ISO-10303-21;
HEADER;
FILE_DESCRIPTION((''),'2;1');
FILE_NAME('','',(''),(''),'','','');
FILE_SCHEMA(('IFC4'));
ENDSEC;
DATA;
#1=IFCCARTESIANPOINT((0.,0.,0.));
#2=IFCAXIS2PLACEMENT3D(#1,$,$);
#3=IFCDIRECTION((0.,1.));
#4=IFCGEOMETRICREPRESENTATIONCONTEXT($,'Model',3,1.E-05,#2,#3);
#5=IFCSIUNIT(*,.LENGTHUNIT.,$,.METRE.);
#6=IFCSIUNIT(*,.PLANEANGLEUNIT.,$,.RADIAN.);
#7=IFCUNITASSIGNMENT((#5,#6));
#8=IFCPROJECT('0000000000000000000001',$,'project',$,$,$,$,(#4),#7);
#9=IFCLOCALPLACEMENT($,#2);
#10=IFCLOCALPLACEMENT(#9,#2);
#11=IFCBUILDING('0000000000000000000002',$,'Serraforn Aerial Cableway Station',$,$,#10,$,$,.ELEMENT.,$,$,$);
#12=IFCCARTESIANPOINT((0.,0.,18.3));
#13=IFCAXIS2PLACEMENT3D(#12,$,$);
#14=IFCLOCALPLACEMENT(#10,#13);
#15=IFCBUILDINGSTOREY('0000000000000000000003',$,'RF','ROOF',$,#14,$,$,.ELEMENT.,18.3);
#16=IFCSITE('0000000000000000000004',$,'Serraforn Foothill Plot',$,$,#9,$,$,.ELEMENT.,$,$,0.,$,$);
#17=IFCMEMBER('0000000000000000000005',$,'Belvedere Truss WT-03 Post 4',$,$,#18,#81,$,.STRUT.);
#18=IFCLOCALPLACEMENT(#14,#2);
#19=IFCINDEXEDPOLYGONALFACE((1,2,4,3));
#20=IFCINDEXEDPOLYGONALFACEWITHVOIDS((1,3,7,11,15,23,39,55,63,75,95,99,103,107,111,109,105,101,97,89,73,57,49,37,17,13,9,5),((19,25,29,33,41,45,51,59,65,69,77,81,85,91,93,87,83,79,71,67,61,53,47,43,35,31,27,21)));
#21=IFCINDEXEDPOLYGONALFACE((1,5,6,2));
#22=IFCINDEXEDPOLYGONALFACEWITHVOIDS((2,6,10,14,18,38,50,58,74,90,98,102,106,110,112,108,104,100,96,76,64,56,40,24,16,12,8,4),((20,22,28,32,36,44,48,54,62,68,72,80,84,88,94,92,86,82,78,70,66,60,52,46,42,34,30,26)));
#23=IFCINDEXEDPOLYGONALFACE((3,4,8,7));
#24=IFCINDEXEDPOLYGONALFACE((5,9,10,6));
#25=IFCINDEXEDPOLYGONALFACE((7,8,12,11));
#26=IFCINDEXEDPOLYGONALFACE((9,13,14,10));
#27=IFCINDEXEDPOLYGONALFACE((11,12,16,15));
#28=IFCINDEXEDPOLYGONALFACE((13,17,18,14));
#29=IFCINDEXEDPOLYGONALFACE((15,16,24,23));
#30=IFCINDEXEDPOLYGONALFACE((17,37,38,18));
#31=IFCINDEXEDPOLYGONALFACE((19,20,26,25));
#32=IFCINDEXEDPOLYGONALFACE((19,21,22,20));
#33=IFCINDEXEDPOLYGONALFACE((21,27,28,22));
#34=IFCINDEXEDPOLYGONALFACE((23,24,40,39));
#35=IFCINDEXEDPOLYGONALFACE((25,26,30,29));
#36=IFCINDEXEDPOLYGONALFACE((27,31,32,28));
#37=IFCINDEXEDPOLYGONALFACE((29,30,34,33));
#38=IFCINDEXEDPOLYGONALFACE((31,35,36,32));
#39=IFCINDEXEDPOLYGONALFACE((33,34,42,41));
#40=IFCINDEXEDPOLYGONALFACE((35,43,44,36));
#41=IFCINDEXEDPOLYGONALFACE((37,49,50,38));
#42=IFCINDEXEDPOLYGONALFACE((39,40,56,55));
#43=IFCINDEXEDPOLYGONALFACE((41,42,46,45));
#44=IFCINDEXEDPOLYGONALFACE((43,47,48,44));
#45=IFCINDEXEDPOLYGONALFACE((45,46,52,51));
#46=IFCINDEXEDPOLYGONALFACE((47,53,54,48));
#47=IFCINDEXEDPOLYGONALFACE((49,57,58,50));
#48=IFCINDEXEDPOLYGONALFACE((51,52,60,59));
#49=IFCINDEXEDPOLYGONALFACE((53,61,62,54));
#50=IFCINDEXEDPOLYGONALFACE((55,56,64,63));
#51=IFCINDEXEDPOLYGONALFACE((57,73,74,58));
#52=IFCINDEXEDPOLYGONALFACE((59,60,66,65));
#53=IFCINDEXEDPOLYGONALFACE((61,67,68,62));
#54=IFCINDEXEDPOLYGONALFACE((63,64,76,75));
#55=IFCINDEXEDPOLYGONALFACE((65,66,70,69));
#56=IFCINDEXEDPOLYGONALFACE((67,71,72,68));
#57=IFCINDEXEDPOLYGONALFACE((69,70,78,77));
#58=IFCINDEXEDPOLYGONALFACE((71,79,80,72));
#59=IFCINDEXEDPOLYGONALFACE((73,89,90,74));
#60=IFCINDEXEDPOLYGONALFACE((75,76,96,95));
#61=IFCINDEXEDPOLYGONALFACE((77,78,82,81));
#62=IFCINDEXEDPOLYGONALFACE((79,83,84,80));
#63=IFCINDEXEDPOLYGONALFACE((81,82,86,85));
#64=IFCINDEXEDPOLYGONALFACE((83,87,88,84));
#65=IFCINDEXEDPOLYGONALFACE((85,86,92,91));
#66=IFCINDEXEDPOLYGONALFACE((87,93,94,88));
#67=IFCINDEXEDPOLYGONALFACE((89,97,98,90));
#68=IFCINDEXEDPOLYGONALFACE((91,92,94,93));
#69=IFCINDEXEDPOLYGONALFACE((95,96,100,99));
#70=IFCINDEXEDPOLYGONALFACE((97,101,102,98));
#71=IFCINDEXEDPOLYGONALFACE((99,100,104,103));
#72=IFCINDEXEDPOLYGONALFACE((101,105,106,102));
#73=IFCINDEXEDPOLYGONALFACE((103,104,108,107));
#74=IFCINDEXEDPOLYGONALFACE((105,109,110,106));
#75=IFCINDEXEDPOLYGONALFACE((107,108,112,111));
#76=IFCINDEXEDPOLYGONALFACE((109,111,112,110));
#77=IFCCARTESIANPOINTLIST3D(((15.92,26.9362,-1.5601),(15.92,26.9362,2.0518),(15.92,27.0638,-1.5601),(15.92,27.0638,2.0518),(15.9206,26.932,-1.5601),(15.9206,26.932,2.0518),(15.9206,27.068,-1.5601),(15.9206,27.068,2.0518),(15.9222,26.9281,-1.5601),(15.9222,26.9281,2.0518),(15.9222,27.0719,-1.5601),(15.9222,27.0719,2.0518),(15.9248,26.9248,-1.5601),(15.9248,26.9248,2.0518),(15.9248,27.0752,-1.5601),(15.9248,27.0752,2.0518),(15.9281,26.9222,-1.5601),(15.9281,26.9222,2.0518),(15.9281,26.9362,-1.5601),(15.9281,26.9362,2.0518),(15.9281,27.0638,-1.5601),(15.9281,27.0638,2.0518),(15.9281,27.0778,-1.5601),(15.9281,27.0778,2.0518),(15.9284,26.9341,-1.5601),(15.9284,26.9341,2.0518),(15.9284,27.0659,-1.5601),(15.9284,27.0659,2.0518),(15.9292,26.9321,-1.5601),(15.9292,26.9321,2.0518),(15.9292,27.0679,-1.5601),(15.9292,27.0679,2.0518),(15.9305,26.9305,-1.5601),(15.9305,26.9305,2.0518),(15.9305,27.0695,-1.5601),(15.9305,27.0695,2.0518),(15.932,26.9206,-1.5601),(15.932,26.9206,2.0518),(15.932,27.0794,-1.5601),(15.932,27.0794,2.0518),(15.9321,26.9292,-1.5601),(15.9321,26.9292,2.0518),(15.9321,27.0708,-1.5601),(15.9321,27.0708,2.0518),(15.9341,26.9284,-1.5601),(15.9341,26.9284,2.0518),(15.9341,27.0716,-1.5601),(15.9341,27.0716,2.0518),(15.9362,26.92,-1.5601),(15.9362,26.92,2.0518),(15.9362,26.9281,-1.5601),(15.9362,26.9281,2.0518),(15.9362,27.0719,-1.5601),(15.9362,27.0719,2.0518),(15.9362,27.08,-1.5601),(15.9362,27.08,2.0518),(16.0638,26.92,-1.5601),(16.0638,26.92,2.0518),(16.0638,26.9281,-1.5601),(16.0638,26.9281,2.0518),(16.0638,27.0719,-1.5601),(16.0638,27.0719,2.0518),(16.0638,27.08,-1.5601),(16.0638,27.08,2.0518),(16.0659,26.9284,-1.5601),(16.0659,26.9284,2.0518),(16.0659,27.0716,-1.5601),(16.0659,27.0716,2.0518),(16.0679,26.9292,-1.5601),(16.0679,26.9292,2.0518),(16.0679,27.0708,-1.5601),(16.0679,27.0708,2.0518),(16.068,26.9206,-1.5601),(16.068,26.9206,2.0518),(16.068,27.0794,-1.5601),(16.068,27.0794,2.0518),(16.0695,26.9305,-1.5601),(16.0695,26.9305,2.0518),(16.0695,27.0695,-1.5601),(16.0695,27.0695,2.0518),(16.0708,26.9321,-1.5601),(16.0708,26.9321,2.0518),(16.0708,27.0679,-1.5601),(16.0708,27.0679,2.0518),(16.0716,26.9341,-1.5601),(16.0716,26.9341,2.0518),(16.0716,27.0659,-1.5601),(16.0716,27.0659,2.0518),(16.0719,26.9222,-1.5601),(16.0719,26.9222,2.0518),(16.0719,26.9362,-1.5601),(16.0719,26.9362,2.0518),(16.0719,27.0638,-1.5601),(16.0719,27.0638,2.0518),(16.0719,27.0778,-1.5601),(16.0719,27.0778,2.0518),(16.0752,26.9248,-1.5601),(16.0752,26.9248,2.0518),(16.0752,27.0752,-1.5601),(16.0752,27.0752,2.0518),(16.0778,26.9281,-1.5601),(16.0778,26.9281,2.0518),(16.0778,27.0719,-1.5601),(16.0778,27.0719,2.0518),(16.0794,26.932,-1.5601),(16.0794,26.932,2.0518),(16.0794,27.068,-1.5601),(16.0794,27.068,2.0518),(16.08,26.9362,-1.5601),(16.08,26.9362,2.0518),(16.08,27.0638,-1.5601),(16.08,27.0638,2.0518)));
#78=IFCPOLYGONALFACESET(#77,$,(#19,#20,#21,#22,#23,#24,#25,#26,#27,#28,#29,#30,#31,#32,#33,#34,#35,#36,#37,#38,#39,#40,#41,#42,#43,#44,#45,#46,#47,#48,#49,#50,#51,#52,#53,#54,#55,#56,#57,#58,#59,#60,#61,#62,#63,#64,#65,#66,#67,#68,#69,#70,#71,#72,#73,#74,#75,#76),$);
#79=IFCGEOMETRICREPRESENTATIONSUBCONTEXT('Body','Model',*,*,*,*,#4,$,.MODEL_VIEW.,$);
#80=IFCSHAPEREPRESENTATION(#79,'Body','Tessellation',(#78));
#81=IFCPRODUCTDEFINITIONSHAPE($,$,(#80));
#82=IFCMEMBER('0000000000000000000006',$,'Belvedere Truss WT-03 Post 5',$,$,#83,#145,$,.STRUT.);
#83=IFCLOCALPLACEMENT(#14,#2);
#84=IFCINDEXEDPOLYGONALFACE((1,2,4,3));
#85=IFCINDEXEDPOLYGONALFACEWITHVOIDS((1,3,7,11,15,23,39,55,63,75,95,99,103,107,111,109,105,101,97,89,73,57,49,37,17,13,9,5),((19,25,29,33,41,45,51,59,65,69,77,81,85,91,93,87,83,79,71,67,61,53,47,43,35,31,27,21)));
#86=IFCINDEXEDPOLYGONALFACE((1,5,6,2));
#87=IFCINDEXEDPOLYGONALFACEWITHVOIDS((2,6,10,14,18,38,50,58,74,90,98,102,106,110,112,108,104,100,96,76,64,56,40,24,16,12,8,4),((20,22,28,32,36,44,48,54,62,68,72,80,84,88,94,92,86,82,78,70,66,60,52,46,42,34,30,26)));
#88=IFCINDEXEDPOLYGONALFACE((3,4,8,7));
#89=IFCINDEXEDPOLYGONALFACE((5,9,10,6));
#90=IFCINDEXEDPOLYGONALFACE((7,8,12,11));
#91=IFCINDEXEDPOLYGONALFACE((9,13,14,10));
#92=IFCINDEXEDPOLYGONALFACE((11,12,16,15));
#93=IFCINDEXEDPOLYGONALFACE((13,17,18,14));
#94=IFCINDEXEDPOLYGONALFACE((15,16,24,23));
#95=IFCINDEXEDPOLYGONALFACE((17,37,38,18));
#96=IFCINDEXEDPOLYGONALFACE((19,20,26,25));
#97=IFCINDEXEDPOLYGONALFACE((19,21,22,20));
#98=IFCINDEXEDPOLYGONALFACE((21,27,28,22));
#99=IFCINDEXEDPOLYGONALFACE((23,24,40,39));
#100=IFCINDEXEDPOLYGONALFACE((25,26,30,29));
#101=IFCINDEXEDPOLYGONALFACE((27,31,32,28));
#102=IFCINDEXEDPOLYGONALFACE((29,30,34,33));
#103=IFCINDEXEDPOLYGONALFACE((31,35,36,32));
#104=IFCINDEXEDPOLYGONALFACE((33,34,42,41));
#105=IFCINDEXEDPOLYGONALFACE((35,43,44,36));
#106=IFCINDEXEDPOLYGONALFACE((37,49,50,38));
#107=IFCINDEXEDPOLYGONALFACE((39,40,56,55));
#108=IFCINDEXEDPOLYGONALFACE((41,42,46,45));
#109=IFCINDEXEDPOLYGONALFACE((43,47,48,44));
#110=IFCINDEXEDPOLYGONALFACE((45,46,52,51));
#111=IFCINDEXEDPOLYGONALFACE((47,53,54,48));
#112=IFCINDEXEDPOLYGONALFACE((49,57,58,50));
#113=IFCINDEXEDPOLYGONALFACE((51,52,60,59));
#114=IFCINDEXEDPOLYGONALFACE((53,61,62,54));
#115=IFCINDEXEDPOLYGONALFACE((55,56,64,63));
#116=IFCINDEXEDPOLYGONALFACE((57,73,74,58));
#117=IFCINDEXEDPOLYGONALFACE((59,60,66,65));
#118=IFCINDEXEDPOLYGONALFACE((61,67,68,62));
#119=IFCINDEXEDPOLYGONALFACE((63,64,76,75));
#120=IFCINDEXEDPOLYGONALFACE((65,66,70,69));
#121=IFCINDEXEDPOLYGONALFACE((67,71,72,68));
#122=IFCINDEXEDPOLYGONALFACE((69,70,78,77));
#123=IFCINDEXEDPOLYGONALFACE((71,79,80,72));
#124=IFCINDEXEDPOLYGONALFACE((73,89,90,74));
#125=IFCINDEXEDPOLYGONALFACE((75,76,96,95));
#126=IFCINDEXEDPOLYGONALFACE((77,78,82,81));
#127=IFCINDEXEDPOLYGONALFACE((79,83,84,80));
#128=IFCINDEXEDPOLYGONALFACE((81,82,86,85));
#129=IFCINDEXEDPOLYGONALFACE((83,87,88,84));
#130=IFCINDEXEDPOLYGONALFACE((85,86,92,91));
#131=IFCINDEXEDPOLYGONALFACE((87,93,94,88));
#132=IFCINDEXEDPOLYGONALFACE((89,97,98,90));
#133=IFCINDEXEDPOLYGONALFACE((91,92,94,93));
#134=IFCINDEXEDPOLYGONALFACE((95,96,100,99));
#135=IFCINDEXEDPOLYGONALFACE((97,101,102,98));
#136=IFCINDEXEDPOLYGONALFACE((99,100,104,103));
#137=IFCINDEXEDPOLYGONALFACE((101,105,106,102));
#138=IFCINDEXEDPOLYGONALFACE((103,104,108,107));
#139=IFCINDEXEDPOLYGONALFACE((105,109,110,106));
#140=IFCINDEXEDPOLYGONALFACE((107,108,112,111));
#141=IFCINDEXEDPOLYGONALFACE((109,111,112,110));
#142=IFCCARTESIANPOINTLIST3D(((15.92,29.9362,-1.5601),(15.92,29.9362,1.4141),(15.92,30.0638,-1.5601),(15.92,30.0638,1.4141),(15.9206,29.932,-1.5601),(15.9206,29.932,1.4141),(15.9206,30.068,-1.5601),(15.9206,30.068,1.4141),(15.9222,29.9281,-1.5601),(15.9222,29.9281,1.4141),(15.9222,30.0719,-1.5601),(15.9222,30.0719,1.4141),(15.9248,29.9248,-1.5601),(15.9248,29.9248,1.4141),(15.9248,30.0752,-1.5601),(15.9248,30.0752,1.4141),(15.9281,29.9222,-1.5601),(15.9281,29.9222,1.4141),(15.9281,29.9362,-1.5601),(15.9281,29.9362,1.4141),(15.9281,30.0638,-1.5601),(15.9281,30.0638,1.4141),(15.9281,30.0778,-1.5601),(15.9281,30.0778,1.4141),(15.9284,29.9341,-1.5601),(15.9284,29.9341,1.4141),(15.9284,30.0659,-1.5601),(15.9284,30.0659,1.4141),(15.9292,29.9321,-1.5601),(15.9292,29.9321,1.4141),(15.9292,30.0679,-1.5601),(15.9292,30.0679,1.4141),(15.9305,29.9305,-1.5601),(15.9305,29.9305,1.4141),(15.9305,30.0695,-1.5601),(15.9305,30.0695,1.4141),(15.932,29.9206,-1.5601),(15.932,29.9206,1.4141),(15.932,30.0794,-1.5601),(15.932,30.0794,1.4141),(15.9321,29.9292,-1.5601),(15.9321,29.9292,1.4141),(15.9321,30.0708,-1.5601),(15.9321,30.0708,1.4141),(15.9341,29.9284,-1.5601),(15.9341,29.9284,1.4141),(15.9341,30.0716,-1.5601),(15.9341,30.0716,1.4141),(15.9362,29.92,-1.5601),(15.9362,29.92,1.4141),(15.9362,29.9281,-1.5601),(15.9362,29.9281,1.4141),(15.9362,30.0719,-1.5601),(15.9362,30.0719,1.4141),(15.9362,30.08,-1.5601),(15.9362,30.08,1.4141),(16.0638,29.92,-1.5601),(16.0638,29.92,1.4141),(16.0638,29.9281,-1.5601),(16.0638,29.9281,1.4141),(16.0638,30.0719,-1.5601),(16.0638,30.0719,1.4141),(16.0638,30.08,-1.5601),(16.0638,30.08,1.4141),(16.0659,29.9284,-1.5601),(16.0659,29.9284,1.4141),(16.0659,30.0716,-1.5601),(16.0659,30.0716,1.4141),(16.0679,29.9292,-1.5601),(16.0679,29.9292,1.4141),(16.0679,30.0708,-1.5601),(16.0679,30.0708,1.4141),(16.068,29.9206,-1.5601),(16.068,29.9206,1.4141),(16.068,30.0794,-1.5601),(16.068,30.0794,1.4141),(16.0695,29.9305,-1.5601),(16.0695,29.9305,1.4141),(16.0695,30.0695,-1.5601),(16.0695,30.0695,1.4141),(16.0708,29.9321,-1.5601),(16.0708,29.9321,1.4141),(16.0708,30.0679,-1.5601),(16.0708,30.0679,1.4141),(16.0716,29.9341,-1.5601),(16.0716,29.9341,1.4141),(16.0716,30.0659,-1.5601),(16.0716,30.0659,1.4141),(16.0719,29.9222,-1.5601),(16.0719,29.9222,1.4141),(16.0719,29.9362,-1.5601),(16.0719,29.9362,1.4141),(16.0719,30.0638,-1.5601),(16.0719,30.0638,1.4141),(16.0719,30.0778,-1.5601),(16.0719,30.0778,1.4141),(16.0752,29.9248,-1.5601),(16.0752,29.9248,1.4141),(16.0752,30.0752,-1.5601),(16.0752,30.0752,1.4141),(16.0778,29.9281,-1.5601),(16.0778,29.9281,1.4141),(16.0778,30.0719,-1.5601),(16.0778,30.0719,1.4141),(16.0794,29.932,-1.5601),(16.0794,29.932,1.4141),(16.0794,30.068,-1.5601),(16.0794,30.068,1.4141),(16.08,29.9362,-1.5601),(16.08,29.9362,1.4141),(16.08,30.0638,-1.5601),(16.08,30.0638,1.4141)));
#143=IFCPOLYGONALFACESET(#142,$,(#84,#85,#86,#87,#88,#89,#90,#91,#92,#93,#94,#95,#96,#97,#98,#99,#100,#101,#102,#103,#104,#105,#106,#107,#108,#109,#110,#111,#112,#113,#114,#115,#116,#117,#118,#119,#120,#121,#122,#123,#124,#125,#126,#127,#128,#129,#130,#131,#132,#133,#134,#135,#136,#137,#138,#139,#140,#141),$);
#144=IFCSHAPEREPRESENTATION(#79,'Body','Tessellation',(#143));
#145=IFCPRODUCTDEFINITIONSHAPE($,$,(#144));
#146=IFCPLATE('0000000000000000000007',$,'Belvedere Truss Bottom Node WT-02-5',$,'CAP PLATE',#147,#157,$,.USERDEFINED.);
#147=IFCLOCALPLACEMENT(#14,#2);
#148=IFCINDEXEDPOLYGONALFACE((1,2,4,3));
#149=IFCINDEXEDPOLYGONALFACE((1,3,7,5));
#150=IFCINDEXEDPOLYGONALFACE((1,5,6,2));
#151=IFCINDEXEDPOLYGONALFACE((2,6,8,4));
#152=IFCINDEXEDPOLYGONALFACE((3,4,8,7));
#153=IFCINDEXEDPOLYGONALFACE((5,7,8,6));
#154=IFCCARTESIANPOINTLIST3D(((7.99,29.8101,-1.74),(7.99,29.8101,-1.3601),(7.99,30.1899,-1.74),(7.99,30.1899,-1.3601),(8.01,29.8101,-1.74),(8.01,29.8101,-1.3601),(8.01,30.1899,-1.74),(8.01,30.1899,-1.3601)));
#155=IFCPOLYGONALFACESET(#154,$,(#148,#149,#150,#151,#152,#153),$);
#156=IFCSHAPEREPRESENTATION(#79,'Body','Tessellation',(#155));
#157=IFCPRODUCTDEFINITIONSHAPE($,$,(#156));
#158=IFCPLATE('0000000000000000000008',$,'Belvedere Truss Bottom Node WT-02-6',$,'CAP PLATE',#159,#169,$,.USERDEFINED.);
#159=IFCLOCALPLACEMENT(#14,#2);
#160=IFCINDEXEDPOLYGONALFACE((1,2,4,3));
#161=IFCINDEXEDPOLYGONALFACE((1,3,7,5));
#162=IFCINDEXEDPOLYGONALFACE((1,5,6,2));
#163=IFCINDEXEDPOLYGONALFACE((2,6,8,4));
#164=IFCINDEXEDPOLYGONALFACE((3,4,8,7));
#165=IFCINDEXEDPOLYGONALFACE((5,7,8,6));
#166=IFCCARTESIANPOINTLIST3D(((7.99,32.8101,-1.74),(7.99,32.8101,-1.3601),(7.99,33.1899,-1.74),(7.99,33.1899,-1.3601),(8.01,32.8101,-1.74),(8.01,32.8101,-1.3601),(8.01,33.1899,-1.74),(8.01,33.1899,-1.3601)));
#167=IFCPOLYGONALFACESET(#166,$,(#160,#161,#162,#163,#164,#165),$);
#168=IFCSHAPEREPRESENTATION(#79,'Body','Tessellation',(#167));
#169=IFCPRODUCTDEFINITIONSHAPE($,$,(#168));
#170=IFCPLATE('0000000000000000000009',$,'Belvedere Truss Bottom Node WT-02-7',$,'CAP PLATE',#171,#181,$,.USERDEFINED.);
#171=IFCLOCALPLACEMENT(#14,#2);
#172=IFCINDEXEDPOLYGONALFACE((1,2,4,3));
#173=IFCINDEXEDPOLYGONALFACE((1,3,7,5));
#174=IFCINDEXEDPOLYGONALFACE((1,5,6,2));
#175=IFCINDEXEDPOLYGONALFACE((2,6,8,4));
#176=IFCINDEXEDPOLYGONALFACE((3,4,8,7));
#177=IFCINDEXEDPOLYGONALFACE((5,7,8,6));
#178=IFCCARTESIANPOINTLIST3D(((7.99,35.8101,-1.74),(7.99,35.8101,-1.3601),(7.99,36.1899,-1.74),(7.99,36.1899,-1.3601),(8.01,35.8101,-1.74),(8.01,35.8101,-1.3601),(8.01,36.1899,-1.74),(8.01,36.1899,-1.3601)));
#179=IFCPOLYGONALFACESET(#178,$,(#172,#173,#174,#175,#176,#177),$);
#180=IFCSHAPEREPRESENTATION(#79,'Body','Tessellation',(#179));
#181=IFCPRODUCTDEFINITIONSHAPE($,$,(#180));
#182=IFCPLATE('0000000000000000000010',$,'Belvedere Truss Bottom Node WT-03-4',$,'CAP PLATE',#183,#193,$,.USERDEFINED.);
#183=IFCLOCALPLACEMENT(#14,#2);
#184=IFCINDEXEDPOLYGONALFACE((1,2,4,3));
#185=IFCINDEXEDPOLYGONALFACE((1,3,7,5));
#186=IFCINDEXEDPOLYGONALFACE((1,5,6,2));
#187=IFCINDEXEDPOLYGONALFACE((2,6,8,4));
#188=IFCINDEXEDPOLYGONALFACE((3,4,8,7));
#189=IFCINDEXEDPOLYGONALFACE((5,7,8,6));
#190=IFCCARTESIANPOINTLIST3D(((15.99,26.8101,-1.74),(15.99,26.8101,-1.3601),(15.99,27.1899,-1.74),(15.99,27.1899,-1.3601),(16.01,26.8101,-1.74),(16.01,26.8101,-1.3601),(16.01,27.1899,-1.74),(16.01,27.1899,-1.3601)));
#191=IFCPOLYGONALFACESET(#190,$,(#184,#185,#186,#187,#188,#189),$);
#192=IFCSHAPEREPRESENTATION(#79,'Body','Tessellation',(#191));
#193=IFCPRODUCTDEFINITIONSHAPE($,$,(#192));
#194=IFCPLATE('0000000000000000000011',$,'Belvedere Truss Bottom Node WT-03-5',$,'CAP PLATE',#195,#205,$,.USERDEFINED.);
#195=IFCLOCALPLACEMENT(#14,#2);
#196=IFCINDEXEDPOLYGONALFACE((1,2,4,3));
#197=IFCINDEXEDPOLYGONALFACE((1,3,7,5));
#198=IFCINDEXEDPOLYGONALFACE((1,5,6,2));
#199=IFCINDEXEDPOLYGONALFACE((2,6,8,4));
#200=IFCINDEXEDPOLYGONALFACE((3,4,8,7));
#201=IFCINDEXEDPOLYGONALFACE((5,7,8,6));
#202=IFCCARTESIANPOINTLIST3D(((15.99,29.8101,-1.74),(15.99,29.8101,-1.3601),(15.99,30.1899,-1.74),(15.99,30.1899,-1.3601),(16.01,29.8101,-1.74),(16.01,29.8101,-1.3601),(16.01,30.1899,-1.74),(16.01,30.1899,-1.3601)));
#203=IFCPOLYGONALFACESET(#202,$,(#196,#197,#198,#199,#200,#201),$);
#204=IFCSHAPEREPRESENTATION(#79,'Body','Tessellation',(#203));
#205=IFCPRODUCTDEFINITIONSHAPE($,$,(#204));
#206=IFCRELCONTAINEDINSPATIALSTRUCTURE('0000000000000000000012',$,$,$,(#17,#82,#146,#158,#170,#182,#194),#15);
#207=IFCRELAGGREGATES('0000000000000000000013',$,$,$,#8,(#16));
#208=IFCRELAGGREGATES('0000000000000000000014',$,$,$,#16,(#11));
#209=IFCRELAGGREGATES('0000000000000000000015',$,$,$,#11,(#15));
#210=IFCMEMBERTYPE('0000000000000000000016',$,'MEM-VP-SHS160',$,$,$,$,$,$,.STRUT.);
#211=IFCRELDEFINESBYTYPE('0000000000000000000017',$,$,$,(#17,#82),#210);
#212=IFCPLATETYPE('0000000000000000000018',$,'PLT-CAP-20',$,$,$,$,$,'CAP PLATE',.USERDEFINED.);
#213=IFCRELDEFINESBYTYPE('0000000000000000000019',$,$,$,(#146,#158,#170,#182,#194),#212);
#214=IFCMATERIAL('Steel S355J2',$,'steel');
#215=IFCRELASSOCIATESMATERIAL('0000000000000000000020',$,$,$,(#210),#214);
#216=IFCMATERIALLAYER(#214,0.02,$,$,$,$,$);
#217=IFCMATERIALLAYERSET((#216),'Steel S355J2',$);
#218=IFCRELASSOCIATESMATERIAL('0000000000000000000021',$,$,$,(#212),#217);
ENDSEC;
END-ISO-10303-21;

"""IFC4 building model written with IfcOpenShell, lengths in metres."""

from ifc_helpers import new_model, si_unit, direction, frame, origin, origin_2d, place, context, subcontext, project, spatial, rectangle, hollow_rectangle, extrude, material, layer, layer_set, material_profile, profile_set, type_object, element, save


model = new_model("IFC4")

# Units and contexts
model_context = context("Model", 3, precision=1e-05, world=origin(), true_north=direction((0.0, 1.0)))
body_context = subcontext(model_context, "Body", "Model", "MODEL_VIEW")
ifc_project = project(units=[si_unit("LENGTHUNIT", "METRE"), si_unit("PLANEANGLEUNIT", "RADIAN")], contexts=[model_context])

# Site, building, storey
site_placement = place(None, origin())
site = spatial("IfcSite", under=ifc_project, at=site_placement, Name="Serraforn Foothill Plot", CompositionType="ELEMENT", RefElevation=0.0)
building_placement = place(site_placement, origin())
building = spatial("IfcBuilding", under=site, at=building_placement, Name="Serraforn Aerial Cableway Station", CompositionType="ELEMENT")
storey_placement = place(building_placement, frame((0.0, 0.0, 18.3)))
storey = spatial("IfcBuildingStorey", under=building, at=storey_placement, Name="RF", Description="ROOF", CompositionType="ELEMENT", Elevation=18.3)

# Members
ifc_material_1 = material(Name="Steel S355J2", Category="steel")
ifc_material_profile_1 = material_profile(ifc_material_1, hollow_rectangle(XDim=0.1599, YDim=0.1599, WallThickness=0.0081, InnerFilletRadius=0.0081, OuterFilletRadius=0.0161, at=origin_2d()), Name="SHS 160x160x8.0")
ifc_profile_set_1 = profile_set([ifc_material_profile_1], Name="Steel S355J2")
member_type_1 = type_object("IfcMemberType", Name="MEM-VP-SHS160", PredefinedType="STRUT", material=ifc_profile_set_1)
member_1_placement = place(storey_placement, frame((16.0, 27.0, -1.5601), z_axis=(0.0, 0.0, 1.0), x_axis=(1.0, 0.0, 0.0)))
element("IfcMember", 1, at=member_1_placement, inside=storey, type_object=member_type_1, Name="Belvedere Truss WT-03 Post 4", PredefinedType="STRUT", context=body_context, shape_type="SweptSolid", body=[
    extrude(hollow_rectangle(XDim=0.1599, YDim=0.1599, WallThickness=0.0081, InnerFilletRadius=0.0081, OuterFilletRadius=0.0161, at=origin_2d()), origin(), (0.0, 0.0, 1.0), 3.6118),
])
member_2_placement = place(storey_placement, frame((16.0, 30.0, -1.5601), z_axis=(0.0, 0.0, 1.0), x_axis=(1.0, 0.0, 0.0)))
element("IfcMember", 2, at=member_2_placement, inside=storey, type_object=member_type_1, Name="Belvedere Truss WT-03 Post 5", PredefinedType="STRUT", context=body_context, shape_type="SweptSolid", body=[
    extrude(hollow_rectangle(XDim=0.1599, YDim=0.1599, WallThickness=0.0081, InnerFilletRadius=0.0081, OuterFilletRadius=0.0161, at=origin_2d()), origin(), (0.0, 0.0, 1.0), 2.9741),
])

# Plates
ifc_layer_1 = layer(ifc_material_1, 0.02)
ifc_layer_set_1 = layer_set([ifc_layer_1], Name="Steel S355J2")
plate_type_1 = type_object("IfcPlateType", Name="PLT-CAP-20", ElementType="CAP PLATE", PredefinedType="USERDEFINED", material=ifc_layer_set_1)
for number, where, z_axis, x_axis, name in (
    (3, (8.0, 30.0, -1.74), (0.0, 0.0, 1.0), (1.0, 0.0, 0.0), "Belvedere Truss Bottom Node WT-02-5"),
    (4, (8.0, 33.0, -1.74), (0.0, 0.0, 1.0), (1.0, 0.0, 0.0), "Belvedere Truss Bottom Node WT-02-6"),
    (5, (8.0, 36.0, -1.74), (0.0, 0.0, 1.0), (1.0, 0.0, 0.0), "Belvedere Truss Bottom Node WT-02-7"),
    (6, (16.0, 27.0, -1.74), (0.0, 0.0, 1.0), (1.0, 0.0, 0.0), "Belvedere Truss Bottom Node WT-03-4"),
    (7, (16.0, 30.0, -1.74), (0.0, 0.0, 1.0), (1.0, 0.0, 0.0), "Belvedere Truss Bottom Node WT-03-5"),
):
    element("IfcPlate", number, at=place(storey_placement, frame(where, z_axis=z_axis, x_axis=x_axis)), inside=storey, type_object=plate_type_1, Name=name, ObjectType="CAP PLATE", PredefinedType="USERDEFINED", context=body_context, shape_type="SweptSolid", body=[
        extrude(rectangle(XDim=0.02, YDim=0.3799, at=origin_2d()), origin(), (0.0, 0.0, 1.0), 0.3799),
    ])

save(model, "model.ifc")
